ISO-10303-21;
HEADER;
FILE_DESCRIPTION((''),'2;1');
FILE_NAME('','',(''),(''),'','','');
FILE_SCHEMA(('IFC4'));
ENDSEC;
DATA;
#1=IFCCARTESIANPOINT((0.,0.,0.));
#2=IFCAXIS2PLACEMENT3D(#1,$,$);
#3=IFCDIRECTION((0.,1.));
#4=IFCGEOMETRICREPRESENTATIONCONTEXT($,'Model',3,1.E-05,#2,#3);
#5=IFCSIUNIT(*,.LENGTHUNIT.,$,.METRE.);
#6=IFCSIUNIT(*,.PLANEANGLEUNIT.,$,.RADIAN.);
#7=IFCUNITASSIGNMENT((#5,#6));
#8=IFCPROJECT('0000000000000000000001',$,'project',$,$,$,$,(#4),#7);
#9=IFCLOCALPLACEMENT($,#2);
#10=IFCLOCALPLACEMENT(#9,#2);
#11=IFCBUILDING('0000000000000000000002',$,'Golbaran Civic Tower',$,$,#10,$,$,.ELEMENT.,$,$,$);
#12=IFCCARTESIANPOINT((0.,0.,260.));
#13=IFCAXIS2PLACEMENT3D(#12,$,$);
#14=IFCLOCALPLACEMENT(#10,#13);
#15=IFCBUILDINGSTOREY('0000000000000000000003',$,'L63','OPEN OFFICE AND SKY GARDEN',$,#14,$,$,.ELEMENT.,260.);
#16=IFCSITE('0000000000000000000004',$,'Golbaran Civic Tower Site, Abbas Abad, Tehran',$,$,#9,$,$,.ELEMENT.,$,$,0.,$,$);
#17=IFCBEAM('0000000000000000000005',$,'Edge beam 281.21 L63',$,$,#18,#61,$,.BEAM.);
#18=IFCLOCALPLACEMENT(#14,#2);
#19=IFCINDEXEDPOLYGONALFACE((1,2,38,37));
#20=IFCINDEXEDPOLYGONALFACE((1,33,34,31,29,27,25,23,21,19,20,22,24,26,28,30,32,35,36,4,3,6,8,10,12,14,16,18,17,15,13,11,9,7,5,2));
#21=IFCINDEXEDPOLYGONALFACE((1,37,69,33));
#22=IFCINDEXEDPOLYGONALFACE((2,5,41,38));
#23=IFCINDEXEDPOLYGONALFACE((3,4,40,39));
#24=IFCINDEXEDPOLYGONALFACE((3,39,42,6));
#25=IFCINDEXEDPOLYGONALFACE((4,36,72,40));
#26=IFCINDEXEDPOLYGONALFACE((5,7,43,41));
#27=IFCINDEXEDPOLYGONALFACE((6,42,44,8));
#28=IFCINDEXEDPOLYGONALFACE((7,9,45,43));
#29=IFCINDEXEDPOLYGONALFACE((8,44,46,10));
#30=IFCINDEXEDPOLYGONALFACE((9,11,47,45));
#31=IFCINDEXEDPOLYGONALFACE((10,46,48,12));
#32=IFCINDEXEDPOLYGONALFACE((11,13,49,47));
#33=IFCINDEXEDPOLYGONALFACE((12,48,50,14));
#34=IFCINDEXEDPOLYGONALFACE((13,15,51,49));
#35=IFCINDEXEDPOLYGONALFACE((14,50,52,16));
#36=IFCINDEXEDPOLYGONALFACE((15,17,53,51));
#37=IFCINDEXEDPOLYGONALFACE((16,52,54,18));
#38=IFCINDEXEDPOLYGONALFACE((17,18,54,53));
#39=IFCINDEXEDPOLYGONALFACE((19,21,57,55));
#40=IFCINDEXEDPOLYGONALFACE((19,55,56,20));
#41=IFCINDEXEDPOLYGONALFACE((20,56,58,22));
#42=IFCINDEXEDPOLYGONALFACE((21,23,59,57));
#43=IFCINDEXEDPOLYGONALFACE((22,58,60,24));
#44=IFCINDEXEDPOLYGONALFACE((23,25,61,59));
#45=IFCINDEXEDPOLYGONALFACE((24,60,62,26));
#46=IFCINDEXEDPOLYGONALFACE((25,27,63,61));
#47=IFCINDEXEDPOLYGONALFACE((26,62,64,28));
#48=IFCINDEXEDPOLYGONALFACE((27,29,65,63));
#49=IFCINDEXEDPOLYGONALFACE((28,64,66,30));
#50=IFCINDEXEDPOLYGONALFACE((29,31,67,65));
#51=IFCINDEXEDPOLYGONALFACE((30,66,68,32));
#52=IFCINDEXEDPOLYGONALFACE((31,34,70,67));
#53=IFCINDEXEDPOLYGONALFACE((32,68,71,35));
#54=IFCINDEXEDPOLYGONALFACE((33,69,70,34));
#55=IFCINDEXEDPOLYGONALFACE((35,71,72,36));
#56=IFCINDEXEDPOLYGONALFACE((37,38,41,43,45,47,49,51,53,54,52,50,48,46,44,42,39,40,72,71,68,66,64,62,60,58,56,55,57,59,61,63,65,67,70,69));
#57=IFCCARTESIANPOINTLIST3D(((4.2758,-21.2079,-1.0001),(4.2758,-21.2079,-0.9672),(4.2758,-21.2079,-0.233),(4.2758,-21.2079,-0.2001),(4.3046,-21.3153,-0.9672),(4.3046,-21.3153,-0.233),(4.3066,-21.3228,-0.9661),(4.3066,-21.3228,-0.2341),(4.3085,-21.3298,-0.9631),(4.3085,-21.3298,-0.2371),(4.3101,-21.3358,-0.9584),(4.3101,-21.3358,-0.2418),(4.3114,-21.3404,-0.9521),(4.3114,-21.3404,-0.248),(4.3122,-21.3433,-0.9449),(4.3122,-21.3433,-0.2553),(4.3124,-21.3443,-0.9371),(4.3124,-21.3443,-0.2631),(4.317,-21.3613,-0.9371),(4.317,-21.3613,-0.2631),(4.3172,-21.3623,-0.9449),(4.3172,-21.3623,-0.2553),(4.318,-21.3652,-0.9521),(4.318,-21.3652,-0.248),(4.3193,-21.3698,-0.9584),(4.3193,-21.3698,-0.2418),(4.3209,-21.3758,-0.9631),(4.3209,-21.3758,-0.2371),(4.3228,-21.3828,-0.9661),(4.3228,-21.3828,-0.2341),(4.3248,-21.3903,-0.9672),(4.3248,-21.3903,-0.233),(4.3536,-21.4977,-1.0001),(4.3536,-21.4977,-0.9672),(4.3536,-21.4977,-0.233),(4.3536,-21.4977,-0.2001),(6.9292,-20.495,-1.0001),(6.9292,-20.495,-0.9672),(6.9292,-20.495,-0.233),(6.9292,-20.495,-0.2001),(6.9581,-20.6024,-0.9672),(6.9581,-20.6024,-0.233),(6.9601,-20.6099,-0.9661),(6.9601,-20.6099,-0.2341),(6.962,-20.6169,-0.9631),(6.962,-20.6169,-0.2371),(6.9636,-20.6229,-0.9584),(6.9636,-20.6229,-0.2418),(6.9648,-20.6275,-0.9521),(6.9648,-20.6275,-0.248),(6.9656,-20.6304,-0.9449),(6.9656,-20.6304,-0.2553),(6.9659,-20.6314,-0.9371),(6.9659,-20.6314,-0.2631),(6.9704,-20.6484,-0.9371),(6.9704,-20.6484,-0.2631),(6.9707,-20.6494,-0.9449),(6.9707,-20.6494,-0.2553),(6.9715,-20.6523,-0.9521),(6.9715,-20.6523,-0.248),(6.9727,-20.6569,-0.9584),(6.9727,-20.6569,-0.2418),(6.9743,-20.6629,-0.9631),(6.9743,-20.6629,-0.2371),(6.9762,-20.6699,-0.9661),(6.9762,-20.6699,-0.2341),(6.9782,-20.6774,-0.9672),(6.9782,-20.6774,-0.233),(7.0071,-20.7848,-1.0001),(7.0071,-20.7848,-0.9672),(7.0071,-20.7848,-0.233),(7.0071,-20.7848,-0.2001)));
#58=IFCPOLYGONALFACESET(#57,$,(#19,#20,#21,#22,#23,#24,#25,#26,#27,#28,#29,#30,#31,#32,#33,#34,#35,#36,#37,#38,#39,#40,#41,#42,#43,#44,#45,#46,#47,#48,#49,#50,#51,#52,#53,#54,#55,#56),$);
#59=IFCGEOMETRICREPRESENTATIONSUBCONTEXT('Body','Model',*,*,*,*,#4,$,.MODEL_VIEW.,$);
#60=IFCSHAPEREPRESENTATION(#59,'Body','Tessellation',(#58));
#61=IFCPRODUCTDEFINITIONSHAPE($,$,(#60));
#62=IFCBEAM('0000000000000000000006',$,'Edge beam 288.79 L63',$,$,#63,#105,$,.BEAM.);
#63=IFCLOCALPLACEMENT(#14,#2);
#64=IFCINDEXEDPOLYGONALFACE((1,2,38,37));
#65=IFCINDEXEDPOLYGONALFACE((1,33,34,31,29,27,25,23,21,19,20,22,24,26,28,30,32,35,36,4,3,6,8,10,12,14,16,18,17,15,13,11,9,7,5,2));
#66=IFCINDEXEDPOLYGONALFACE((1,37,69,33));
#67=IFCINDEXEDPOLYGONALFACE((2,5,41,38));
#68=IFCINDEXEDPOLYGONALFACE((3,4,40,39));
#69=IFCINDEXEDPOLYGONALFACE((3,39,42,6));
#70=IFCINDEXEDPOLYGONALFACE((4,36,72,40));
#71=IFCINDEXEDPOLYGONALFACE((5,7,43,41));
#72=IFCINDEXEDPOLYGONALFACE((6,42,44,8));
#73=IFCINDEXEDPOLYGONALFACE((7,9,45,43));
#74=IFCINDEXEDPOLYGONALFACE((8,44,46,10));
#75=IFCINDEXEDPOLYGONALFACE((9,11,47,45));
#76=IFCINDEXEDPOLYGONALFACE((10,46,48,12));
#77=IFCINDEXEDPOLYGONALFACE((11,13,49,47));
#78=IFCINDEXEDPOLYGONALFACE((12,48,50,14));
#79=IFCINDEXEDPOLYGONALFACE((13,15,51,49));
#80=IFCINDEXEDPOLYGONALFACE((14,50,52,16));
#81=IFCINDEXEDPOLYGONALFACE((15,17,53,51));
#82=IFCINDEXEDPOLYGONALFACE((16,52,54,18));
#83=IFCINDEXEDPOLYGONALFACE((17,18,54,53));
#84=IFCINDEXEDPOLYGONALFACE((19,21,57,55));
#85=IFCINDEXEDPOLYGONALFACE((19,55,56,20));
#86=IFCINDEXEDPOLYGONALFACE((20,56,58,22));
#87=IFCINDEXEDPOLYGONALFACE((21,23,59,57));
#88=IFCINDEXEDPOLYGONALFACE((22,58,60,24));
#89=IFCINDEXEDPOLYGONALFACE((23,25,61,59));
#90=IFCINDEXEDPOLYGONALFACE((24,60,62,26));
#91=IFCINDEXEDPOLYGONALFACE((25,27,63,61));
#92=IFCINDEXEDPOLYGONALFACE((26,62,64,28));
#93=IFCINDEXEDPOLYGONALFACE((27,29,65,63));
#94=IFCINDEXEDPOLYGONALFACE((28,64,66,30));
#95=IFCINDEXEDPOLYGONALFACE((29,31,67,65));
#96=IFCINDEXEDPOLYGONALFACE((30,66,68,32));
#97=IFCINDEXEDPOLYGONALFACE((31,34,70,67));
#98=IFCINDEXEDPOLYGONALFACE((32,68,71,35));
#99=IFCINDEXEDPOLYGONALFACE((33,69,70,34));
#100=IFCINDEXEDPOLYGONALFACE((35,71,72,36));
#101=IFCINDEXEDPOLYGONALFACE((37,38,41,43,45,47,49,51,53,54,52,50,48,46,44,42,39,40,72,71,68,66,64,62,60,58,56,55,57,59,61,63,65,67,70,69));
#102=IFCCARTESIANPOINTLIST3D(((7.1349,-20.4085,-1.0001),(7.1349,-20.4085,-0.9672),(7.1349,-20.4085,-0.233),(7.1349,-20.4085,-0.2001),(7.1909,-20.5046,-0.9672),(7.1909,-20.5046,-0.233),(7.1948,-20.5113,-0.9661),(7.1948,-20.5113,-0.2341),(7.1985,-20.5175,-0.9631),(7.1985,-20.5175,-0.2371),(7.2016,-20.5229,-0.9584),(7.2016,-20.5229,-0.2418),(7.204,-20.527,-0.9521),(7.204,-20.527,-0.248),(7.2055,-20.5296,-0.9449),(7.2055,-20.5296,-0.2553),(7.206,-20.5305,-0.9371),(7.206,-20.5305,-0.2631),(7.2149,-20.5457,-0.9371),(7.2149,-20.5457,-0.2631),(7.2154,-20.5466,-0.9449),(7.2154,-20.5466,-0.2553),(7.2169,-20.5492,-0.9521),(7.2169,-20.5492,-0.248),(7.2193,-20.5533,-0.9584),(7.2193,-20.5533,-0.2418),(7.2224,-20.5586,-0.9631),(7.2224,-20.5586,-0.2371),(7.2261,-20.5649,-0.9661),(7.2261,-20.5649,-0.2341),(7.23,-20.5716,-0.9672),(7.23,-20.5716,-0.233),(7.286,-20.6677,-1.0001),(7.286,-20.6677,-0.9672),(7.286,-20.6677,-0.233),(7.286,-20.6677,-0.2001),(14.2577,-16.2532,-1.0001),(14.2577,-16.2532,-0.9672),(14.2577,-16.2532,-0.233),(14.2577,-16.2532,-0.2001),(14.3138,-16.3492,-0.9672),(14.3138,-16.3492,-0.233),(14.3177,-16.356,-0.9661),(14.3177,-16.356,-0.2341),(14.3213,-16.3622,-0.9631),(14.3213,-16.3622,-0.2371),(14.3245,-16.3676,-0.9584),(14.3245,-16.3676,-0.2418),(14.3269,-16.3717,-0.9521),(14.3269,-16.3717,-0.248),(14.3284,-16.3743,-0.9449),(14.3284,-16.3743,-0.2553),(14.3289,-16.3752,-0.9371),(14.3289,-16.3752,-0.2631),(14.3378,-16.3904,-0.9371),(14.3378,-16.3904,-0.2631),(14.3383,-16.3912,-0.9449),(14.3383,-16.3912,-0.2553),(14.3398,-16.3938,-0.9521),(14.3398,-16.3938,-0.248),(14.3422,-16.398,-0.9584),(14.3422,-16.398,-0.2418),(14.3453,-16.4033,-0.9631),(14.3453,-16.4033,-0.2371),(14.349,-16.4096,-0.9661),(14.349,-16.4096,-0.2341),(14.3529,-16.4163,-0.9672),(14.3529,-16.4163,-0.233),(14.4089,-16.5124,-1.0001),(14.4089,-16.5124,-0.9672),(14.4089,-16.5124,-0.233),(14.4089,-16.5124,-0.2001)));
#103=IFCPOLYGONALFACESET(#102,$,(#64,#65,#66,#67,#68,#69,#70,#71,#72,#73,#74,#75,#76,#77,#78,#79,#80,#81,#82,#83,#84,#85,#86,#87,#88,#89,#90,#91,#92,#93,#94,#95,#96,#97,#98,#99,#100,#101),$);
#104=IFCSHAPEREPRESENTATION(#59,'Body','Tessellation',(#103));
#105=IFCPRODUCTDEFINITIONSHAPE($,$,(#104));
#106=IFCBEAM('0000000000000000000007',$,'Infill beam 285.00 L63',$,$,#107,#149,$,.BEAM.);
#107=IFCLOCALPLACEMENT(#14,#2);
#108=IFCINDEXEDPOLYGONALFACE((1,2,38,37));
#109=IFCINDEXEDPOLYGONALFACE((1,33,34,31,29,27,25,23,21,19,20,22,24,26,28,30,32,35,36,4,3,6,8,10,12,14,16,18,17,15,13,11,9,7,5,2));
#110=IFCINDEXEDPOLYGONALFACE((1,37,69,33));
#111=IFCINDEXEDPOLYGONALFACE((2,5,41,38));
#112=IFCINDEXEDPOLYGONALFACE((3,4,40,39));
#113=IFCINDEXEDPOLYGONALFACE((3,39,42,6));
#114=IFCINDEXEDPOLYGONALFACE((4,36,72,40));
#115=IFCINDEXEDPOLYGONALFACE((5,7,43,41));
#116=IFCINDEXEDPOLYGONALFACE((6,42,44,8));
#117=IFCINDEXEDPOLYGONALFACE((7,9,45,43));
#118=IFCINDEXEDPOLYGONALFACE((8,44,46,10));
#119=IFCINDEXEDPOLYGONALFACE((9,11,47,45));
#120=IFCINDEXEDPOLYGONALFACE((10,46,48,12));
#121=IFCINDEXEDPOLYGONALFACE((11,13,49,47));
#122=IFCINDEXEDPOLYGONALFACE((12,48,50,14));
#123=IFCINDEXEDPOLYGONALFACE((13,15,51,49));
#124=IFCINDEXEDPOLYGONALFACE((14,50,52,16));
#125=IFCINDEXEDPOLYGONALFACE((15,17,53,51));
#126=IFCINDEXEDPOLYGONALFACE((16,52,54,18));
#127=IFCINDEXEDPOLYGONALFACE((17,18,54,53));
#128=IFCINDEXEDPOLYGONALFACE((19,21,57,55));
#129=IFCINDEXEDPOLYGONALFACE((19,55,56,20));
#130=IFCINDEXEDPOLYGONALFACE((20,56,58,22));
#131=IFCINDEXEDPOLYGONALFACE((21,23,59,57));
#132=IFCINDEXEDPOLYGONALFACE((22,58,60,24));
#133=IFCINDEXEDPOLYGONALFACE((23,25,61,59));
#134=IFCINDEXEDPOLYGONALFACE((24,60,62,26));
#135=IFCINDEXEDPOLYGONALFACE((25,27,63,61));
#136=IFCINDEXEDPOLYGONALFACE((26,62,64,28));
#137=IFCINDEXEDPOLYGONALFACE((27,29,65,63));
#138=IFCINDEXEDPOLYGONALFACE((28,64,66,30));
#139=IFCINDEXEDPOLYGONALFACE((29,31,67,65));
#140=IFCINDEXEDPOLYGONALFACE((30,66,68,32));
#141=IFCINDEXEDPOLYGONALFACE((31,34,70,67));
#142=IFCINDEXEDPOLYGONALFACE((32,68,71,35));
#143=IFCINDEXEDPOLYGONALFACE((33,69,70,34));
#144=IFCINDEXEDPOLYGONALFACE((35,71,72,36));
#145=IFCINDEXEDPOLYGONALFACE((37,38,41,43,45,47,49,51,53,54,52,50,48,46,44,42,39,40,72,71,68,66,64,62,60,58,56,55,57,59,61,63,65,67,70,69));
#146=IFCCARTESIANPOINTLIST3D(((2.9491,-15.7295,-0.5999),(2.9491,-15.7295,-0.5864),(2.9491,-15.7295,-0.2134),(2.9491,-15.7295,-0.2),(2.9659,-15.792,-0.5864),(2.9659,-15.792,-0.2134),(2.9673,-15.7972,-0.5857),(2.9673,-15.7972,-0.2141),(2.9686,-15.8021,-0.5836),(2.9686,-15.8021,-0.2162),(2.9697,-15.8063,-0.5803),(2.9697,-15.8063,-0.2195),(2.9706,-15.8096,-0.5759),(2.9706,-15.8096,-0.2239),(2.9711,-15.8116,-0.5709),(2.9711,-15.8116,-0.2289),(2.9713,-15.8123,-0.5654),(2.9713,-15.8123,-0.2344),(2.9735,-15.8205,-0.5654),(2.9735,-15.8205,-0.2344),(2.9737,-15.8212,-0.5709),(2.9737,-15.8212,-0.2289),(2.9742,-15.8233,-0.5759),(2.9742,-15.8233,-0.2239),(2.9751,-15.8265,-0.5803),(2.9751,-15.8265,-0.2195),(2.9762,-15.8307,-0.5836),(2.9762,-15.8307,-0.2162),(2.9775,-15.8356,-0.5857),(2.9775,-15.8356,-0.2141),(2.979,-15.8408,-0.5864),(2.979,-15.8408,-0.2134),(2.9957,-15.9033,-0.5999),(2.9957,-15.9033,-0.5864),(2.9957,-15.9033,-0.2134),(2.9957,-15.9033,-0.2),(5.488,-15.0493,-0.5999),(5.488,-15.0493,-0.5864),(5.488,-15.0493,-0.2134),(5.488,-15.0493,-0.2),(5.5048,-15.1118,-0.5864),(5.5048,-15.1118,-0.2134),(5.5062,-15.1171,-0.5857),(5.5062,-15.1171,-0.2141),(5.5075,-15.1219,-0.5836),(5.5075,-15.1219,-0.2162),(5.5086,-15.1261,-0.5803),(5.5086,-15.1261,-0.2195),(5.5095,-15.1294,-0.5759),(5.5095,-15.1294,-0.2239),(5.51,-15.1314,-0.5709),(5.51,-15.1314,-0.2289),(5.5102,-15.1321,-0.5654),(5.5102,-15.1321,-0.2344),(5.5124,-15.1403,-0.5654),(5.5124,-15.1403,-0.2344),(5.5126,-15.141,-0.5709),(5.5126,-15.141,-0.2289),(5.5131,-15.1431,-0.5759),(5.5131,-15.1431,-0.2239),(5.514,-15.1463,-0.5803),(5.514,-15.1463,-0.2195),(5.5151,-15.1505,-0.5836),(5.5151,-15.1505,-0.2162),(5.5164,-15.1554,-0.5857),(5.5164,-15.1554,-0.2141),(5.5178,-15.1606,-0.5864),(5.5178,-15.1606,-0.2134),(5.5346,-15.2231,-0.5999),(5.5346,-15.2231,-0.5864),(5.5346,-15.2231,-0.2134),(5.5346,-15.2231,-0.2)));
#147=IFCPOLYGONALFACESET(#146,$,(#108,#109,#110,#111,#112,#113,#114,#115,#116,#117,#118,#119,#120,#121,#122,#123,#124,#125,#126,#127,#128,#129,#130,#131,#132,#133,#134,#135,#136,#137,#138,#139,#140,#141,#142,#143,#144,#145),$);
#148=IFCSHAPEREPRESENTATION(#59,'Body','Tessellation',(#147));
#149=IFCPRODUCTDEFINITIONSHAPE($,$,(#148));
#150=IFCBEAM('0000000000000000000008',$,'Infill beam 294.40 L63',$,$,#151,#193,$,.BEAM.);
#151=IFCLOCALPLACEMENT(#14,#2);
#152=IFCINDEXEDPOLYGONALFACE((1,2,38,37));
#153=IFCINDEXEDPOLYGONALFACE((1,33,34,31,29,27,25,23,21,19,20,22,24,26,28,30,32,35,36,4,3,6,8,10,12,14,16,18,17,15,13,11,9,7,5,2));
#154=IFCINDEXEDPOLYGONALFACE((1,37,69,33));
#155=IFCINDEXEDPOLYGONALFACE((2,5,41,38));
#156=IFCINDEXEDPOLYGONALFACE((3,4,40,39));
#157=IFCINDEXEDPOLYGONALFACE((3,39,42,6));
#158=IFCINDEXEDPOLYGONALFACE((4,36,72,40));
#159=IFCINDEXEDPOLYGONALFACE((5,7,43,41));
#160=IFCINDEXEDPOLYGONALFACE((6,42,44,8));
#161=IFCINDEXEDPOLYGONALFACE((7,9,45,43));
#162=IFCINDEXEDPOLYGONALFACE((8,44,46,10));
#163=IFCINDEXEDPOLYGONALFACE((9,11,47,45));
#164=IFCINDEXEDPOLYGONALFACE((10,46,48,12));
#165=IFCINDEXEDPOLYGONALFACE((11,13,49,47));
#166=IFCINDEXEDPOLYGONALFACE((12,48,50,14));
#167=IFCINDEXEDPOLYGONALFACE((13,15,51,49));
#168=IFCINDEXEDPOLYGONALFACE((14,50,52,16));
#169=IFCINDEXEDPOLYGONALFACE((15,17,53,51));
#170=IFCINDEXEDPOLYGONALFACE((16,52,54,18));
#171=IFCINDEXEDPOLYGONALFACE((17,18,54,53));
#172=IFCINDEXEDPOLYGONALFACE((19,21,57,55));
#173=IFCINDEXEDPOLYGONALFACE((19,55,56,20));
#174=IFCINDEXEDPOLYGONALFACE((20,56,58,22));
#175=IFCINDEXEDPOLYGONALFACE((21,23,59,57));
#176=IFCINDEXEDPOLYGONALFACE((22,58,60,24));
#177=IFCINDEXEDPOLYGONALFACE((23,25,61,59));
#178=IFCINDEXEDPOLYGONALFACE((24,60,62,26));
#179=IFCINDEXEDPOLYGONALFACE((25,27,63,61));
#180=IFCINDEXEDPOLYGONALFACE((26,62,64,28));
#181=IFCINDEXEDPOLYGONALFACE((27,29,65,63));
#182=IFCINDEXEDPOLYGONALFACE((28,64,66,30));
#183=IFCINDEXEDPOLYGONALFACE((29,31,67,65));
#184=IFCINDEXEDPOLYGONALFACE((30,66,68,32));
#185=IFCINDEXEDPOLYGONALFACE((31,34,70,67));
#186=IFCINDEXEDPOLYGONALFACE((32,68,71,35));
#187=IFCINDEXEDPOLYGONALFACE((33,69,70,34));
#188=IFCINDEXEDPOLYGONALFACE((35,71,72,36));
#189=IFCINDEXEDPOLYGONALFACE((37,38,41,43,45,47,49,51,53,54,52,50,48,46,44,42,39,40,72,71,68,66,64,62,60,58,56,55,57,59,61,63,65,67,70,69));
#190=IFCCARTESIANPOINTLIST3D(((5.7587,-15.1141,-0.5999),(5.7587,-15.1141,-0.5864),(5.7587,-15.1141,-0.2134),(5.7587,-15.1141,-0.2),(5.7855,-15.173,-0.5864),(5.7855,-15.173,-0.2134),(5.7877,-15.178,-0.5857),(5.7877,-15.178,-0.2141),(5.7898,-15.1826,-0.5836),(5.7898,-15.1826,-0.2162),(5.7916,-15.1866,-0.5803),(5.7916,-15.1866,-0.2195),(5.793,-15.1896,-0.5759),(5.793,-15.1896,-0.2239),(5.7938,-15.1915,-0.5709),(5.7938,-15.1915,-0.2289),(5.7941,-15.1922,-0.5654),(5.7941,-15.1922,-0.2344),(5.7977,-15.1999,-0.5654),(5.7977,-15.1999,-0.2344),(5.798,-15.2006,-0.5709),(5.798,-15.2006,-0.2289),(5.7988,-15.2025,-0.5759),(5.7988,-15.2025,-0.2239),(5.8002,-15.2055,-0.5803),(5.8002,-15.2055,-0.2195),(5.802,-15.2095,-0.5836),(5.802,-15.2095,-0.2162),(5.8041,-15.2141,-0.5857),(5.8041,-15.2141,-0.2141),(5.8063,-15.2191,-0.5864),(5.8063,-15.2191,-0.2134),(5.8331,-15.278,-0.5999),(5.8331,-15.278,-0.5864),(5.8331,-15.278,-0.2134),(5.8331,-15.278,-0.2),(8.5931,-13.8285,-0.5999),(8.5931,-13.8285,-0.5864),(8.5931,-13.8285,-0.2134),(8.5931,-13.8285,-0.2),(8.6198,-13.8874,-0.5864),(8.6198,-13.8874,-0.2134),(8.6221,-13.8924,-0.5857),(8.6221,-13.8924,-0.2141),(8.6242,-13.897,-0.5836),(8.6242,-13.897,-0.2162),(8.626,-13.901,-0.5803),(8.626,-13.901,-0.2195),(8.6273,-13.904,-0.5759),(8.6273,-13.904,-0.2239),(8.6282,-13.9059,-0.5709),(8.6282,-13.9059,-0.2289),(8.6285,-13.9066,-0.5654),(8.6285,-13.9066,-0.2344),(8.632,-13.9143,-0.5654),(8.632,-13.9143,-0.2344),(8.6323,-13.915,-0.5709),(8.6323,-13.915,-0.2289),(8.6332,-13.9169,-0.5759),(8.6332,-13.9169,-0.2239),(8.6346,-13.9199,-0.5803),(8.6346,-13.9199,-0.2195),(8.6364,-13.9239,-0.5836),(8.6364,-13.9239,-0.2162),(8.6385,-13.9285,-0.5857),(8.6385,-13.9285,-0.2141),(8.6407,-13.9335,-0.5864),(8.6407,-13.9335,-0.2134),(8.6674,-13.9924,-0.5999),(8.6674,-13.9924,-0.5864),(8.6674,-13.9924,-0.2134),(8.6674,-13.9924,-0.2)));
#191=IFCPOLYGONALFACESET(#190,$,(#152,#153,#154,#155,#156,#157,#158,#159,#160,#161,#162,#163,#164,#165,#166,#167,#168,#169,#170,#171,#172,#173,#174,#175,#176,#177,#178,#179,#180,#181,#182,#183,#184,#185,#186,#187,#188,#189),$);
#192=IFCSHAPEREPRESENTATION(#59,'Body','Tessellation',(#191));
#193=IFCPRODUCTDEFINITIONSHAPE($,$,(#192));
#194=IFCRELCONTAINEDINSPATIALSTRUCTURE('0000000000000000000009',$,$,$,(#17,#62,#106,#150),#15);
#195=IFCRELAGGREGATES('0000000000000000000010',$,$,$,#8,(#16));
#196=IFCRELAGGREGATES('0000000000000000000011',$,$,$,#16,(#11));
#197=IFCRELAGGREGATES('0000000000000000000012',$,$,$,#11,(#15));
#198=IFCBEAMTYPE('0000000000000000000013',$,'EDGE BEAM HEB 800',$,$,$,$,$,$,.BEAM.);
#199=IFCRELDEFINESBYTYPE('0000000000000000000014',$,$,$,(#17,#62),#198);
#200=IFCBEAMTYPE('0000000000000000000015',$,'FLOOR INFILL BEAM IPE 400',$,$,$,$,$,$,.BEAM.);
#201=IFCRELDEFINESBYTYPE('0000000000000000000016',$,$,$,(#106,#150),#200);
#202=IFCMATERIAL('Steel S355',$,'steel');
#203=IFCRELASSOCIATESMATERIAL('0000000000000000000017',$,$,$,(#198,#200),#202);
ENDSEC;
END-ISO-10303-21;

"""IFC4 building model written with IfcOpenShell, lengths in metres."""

from ifc_helpers import new_model, si_unit, direction, frame, origin, origin_2d, place, context, subcontext, project, spatial, i_section, extrude, material, material_profile, profile_set, type_object, element, save


model = new_model("IFC4")

# Units and contexts
model_context = context("Model", 3, precision=1e-05, world=origin(), true_north=direction((0.0, 1.0)))
body_context = subcontext(model_context, "Body", "Model", "MODEL_VIEW")
ifc_project = project(units=[si_unit("LENGTHUNIT", "METRE"), si_unit("PLANEANGLEUNIT", "RADIAN")], contexts=[model_context])

# Site, building, storey
site_placement = place(None, origin())
site = spatial("IfcSite", under=ifc_project, at=site_placement, Name="Golbaran Civic Tower Site, Abbas Abad, Tehran", CompositionType="ELEMENT", RefElevation=0.0)
building_placement = place(site_placement, origin())
building = spatial("IfcBuilding", under=site, at=building_placement, Name="Golbaran Civic Tower", CompositionType="ELEMENT")
storey_placement = place(building_placement, frame((0.0, 0.0, 260.0)))
storey = spatial("IfcBuildingStorey", under=building, at=storey_placement, Name="L63", Description="OPEN OFFICE AND SKY GARDEN", CompositionType="ELEMENT", Elevation=260.0)

# Beams
ifc_material_1 = material(Name="Steel S355", Category="steel")
ifc_material_profile_1 = material_profile(ifc_material_1, i_section(OverallWidth=0.3, OverallDepth=0.8, WebThickness=0.0176, FlangeThickness=0.033, FilletRadius=0.03, at=origin_2d()), Name="HEB 800")
ifc_profile_set_1 = profile_set([ifc_material_profile_1], Name="Steel S355")
beam_type_1 = type_object("IfcBeamType", Name="EDGE BEAM HEB 800", PredefinedType="BEAM", material=ifc_profile_set_1)
beam_1_placement = place(storey_placement, frame((4.3147, -21.3528, -0.6001), z_axis=(0.965755, 0.259454, 0.0), x_axis=(-0.259454, 0.965755, 0.0)))
element("IfcBeam", 1, at=beam_1_placement, inside=storey, type_object=beam_type_1, Name="Edge beam 281.21 L63", PredefinedType="BEAM", context=body_context, shape_type="SweptSolid", body=[
    extrude(i_section(OverallWidth=0.3, OverallDepth=0.8, WebThickness=0.0176, FlangeThickness=0.033, FilletRadius=0.03, at=origin_2d()), origin(), (0.0, 0.0, 1.0), 2.7476),
])
beam_2_placement = place(storey_placement, frame((7.2104, -20.5381, -0.6001), z_axis=(0.863763, 0.503899, 0.0), x_axis=(-0.503899, 0.863763, 0.0)))
element("IfcBeam", 2, at=beam_2_placement, inside=storey, type_object=beam_type_1, Name="Edge beam 288.79 L63", PredefinedType="BEAM", context=body_context, shape_type="SweptSolid", body=[
    extrude(i_section(OverallWidth=0.3, OverallDepth=0.8, WebThickness=0.0176, FlangeThickness=0.033, FilletRadius=0.03, at=origin_2d()), origin(), (0.0, 0.0, 1.0), 8.2463),
])
ifc_material_profile_2 = material_profile(ifc_material_1, i_section(OverallWidth=0.1799, OverallDepth=0.3999, WebThickness=0.0085, FlangeThickness=0.0134, FilletRadius=0.021, at=origin_2d()), Name="IPE 400")
ifc_profile_set_2 = profile_set([ifc_material_profile_2], Name="Steel S355")
beam_type_2 = type_object("IfcBeamType", Name="FLOOR INFILL BEAM IPE 400", PredefinedType="BEAM", material=ifc_profile_set_2)
beam_3_placement = place(storey_placement, frame((2.9724, -15.8164, -0.3999), z_axis=(0.965935, 0.258784, 0.0), x_axis=(-0.258784, 0.965935, 0.0)))
element("IfcBeam", 3, at=beam_3_placement, inside=storey, type_object=beam_type_2, Name="Infill beam 285.00 L63", PredefinedType="BEAM", context=body_context, shape_type="SweptSolid", body=[
    extrude(i_section(OverallWidth=0.1799, OverallDepth=0.3999, WebThickness=0.0085, FlangeThickness=0.0134, FilletRadius=0.021, at=origin_2d()), origin(), (0.0, 0.0, 1.0), 2.6284),
])
beam_4_placement = place(storey_placement, frame((5.7959, -15.196, -0.3999), z_axis=(0.910699, 0.41307, 0.0), x_axis=(-0.41307, 0.910699, 0.0)))
element("IfcBeam", 4, at=beam_4_placement, inside=storey, type_object=beam_type_2, Name="Infill beam 294.40 L63", PredefinedType="BEAM", context=body_context, shape_type="SweptSolid", body=[
    extrude(i_section(OverallWidth=0.1799, OverallDepth=0.3999, WebThickness=0.0085, FlangeThickness=0.0134, FilletRadius=0.021, at=origin_2d()), origin(), (0.0, 0.0, 1.0), 3.1123),
])

save(model, "model.ifc")
